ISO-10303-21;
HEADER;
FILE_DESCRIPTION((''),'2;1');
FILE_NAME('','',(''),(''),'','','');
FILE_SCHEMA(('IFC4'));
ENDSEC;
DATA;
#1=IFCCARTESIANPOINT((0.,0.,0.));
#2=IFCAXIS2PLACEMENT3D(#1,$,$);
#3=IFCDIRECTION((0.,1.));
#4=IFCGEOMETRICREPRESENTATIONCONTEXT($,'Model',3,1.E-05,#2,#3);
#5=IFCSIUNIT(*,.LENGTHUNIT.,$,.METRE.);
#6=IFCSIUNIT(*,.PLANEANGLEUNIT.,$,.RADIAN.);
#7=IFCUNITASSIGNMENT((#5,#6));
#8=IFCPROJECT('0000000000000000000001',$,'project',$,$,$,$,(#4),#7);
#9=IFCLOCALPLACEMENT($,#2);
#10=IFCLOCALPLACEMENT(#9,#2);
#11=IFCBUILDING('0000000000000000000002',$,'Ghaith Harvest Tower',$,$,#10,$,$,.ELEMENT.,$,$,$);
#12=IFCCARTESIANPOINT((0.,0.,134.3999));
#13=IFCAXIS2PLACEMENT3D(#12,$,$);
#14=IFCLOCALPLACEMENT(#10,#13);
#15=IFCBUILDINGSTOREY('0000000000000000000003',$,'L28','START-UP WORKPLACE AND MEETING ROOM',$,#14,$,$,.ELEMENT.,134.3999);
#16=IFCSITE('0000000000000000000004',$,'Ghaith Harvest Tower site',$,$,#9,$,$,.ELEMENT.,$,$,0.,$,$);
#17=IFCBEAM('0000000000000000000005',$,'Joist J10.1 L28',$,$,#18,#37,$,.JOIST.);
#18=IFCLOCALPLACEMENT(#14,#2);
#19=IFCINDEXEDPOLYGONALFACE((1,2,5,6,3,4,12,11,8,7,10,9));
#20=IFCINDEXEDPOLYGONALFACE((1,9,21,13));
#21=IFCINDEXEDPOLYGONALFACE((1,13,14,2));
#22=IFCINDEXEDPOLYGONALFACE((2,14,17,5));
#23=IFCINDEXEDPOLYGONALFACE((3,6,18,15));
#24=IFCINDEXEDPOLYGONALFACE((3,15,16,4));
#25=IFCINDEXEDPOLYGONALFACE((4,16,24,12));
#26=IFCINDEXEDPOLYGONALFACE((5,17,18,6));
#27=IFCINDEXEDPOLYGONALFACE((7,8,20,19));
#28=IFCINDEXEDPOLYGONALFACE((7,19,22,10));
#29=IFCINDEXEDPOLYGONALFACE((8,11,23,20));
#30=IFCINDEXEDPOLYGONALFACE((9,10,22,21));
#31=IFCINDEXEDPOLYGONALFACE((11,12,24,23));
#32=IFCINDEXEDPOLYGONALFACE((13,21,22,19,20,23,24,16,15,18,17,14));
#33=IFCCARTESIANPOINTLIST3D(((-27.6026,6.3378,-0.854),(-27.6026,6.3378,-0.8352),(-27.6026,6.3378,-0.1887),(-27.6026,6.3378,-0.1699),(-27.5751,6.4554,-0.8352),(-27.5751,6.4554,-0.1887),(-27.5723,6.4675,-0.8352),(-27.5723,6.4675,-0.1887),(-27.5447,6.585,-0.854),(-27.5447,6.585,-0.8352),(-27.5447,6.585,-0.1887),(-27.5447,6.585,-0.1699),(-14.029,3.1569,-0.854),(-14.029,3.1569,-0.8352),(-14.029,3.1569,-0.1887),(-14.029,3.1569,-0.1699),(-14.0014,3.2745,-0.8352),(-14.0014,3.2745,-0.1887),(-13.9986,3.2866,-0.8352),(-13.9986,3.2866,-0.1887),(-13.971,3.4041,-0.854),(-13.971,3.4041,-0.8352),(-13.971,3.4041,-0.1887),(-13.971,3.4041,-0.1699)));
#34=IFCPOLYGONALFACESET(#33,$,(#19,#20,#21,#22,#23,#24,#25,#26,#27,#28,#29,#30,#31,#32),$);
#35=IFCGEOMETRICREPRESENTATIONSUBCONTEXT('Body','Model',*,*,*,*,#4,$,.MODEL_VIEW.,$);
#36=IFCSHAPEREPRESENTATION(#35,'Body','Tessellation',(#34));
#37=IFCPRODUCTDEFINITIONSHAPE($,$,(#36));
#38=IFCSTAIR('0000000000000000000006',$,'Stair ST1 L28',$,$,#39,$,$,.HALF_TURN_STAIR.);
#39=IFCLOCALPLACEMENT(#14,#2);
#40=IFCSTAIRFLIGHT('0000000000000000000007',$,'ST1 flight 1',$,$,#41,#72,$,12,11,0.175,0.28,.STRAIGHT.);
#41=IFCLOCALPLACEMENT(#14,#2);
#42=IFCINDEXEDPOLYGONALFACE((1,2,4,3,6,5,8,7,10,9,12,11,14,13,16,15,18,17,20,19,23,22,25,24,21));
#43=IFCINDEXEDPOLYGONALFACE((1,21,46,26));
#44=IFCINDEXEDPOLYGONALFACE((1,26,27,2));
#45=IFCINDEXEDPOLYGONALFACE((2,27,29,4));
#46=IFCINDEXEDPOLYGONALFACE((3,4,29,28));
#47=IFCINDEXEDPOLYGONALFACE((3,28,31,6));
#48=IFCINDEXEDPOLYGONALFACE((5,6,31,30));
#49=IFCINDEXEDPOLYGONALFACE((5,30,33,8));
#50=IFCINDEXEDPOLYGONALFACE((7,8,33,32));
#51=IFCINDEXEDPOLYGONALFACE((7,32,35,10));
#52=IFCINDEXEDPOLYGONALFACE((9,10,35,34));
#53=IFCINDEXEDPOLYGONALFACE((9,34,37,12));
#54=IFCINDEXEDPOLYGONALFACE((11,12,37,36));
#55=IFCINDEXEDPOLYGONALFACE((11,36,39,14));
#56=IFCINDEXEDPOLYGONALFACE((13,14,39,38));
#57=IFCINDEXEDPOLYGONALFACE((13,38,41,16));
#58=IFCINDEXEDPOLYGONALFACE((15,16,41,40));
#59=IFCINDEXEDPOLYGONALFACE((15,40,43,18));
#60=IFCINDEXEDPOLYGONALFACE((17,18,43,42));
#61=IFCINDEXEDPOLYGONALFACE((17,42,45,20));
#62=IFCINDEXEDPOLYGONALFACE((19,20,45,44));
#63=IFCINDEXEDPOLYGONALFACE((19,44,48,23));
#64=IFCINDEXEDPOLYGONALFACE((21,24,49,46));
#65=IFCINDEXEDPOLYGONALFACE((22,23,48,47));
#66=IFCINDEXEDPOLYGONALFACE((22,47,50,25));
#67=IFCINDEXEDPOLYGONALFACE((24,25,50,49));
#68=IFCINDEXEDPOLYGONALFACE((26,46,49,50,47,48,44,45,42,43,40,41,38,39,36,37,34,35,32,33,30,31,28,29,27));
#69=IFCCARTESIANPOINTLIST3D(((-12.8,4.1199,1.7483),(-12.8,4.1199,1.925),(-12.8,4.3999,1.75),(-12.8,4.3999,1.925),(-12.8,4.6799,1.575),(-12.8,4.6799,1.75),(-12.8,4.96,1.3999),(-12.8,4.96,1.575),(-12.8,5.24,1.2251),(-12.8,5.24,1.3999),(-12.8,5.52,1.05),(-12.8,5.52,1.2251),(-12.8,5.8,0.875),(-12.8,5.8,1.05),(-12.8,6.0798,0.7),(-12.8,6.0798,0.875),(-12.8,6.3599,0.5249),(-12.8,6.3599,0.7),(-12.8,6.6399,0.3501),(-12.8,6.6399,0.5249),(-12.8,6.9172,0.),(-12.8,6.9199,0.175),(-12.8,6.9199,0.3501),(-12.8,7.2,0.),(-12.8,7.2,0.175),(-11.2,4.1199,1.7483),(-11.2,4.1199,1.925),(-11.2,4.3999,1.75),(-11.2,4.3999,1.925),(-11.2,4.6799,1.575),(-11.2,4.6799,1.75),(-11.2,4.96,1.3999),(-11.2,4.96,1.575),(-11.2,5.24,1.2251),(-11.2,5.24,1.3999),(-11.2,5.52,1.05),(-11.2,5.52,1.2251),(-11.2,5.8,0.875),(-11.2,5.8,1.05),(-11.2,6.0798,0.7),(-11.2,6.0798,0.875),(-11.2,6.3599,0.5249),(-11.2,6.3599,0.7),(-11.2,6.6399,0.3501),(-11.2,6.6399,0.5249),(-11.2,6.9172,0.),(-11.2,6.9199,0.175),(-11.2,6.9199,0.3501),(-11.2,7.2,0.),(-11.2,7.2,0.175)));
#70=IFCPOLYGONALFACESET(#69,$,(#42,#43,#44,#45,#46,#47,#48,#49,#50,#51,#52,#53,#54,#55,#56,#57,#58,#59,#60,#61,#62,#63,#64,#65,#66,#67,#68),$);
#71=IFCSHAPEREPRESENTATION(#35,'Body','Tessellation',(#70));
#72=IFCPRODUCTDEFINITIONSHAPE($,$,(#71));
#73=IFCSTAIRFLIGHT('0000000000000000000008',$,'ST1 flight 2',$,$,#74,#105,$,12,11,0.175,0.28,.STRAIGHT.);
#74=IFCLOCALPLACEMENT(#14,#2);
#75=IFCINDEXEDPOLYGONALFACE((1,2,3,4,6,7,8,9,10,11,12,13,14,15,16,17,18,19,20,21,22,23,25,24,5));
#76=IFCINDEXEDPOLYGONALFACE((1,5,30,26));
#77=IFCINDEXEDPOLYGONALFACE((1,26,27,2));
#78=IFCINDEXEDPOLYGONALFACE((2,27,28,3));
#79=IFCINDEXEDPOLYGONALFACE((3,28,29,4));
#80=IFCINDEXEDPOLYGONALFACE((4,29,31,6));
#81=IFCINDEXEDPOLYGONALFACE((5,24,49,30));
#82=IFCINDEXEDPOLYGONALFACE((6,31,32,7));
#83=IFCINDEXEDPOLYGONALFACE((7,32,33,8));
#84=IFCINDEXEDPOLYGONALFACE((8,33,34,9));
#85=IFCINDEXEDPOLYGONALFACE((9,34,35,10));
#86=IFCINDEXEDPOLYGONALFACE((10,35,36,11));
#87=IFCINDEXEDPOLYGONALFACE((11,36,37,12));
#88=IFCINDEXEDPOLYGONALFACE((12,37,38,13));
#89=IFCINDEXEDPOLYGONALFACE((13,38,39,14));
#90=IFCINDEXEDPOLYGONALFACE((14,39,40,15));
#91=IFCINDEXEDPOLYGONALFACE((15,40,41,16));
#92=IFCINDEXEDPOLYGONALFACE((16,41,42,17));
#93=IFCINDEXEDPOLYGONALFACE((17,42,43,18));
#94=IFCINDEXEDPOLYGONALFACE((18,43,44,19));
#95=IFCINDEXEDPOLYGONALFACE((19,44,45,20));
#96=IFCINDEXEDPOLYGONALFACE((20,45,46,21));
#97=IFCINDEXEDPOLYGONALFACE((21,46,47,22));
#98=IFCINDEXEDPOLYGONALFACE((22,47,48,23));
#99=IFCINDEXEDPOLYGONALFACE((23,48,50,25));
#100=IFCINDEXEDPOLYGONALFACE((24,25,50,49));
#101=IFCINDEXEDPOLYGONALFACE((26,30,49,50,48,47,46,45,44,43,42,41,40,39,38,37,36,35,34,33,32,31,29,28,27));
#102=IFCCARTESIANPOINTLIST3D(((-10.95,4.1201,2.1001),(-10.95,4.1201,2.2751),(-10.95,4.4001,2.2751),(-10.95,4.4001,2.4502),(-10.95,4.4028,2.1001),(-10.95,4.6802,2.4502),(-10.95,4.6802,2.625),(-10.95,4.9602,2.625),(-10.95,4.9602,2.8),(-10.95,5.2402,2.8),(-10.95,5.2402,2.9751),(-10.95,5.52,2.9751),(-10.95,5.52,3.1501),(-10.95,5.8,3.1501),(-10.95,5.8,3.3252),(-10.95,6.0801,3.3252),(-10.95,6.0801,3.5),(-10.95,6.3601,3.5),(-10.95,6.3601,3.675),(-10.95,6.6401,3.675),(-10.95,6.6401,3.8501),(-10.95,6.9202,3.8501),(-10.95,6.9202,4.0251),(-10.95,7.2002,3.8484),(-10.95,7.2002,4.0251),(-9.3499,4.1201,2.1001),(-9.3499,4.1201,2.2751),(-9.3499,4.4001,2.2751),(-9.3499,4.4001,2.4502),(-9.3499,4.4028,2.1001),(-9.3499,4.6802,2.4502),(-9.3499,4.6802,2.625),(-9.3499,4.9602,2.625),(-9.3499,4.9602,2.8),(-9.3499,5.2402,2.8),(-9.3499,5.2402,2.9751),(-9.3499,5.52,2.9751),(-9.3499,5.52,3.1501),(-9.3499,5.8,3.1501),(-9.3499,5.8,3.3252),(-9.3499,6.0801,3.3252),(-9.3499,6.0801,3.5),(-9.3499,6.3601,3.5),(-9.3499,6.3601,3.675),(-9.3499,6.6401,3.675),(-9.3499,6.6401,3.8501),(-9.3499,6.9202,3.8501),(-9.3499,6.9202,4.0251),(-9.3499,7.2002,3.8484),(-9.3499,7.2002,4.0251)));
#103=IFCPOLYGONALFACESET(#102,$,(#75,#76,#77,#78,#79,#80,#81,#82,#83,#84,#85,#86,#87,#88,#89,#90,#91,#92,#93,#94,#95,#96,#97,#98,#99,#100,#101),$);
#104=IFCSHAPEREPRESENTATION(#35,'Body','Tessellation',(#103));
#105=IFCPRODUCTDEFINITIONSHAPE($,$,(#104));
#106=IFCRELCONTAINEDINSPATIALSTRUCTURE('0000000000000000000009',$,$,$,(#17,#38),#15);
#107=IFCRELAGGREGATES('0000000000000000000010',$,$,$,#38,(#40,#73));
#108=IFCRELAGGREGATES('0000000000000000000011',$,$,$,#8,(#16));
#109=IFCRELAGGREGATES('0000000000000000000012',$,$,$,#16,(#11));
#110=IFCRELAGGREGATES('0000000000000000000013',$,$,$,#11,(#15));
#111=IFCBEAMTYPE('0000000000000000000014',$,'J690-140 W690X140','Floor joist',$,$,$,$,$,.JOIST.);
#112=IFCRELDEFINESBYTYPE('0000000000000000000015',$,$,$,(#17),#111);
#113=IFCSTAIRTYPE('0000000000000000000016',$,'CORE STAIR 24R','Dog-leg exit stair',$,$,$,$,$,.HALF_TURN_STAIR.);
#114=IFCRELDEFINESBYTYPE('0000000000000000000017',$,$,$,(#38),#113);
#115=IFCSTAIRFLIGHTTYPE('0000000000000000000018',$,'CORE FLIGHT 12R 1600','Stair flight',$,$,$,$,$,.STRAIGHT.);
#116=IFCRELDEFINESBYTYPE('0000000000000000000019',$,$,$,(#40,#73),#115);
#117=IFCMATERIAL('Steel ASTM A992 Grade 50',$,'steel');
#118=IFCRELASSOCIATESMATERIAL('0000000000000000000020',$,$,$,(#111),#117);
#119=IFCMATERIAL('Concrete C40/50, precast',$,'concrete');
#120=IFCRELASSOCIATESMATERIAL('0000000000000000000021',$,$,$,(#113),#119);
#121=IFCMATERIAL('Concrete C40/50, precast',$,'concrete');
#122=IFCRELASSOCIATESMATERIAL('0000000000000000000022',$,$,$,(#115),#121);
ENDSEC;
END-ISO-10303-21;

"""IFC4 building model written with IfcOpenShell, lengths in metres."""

from ifc_helpers import new_model, si_unit, direction, frame, origin, origin_2d, place, context, subcontext, project, spatial, polyline, i_section, outline, extrude, material, material_profile, profile_set, type_object, element, aggregate, save


model = new_model("IFC4")

# Units and contexts
model_context = context("Model", 3, precision=1e-05, world=origin(), true_north=direction((0.0, 1.0)))
body_context = subcontext(model_context, "Body", "Model", "MODEL_VIEW")
ifc_project = project(units=[si_unit("LENGTHUNIT", "METRE"), si_unit("PLANEANGLEUNIT", "RADIAN")], contexts=[model_context])

# Site, building, storey
site_placement = place(None, origin())
site = spatial("IfcSite", under=ifc_project, at=site_placement, Name="Ghaith Harvest Tower site", CompositionType="ELEMENT", RefElevation=0.0)
building_placement = place(site_placement, origin())
building = spatial("IfcBuilding", under=site, at=building_placement, Name="Ghaith Harvest Tower", CompositionType="ELEMENT")
storey_placement = place(building_placement, frame((0.0, 0.0, 134.3999)))
storey = spatial("IfcBuildingStorey", under=building, at=storey_placement, Name="L28", Description="START-UP WORKPLACE AND MEETING ROOM", CompositionType="ELEMENT", Elevation=134.3999)

# Beam
ifc_material_1 = material(Name="Steel ASTM A992 Grade 50", Category="steel")
ifc_material_profile_1 = material_profile(ifc_material_1, i_section(OverallWidth=0.2539, OverallDepth=0.6841, WebThickness=0.0125, FlangeThickness=0.0188, at=origin_2d()), Name="W690X140")
ifc_profile_set_1 = profile_set([ifc_material_profile_1], Name="Steel ASTM A992 Grade 50")
beam_type_1 = type_object("IfcBeamType", Name="J690-140 W690X140", Description="Floor joist", PredefinedType="JOIST", material=ifc_profile_set_1)
beam_1_placement = place(storey_placement, frame((-14.0, 3.2805, -0.512), z_axis=(-0.973623, 0.228162, 0.0), x_axis=(-0.228162, -0.973623, 0.0)))
element("IfcBeam", 1, at=beam_1_placement, inside=storey, type_object=beam_type_1, Name="Joist J10.1 L28", PredefinedType="JOIST", context=body_context, shape_type="SweptSolid", body=[
    extrude(i_section(OverallWidth=0.2539, OverallDepth=0.6841, WebThickness=0.0125, FlangeThickness=0.0188, at=origin_2d()), origin(), (0.0, 0.0, 1.0), 13.9414),
])

# Stair, stair flights
ifc_material_2 = material(Name="Concrete C40/50, precast", Category="concrete")
stair_type = type_object("IfcStairType", Name="CORE STAIR 24R", Description="Dog-leg exit stair", PredefinedType="HALF_TURN_STAIR", material=ifc_material_2)
stair_placement = place(storey_placement, origin())
stair = element("IfcStair", 2, at=stair_placement, inside=storey, type_object=stair_type, Name="Stair ST1 L28", PredefinedType="HALF_TURN_STAIR")
ifc_material_3 = material(Name="Concrete C40/50, precast", Category="concrete")
stair_flight_type = type_object("IfcStairFlightType", Name="CORE FLIGHT 12R 1600", Description="Stair flight", PredefinedType="STRAIGHT", material=ifc_material_3)
stair_flight_1_placement = place(storey_placement, frame((-12.0, 7.2, 0.0), z_axis=(0.0, 0.0, 1.0), x_axis=(0.0, -1.0, 0.0)))
stair_flight_1 = element("IfcStairFlight", 3, at=stair_flight_1_placement, type_object=stair_flight_type, Name="ST1 flight 1", NumberOfRisers=12, NumberOfTreads=11, PredefinedType="STRAIGHT", RiserHeight=0.175, TreadLength=0.28, context=body_context, shape_type="SweptSolid", body=[
    extrude(outline(polyline([(0.0, 0.0), (0.0, 0.175), (0.28, 0.175), (0.28, 0.3501), (0.5601, 0.3501), (0.5601, 0.5249), (0.8401, 0.5249), (0.8401, 0.7), (1.1201, 0.7), (1.1201, 0.875), (1.3999, 0.875), (1.3999, 1.05), (1.6799, 1.05), (1.6799, 1.2251), (1.96, 1.2251), (1.96, 1.3999), (2.24, 1.3999), (2.24, 1.575), (2.52, 1.575), (2.52, 1.75), (2.8, 1.75), (2.8, 1.925), (3.0801, 1.925), (3.0801, 2.1001), (3.0801, 1.7483), (0.2827, 0.0), (0.0, 0.0)])), frame((0.0, 0.8, 0.0), z_axis=(0.0, -1.0, 0.0), x_axis=(1.0, 0.0, 0.0)), (0.0, 0.0, 1.0), 1.6001),
])
stair_flight_2_placement = place(storey_placement, frame((-10.1499, 4.1201, 2.1001), z_axis=(0.0, 0.0, 1.0), x_axis=(0.0, 1.0, 0.0)))
stair_flight_2 = element("IfcStairFlight", 4, at=stair_flight_2_placement, type_object=stair_flight_type, Name="ST1 flight 2", NumberOfRisers=12, NumberOfTreads=11, PredefinedType="STRAIGHT", RiserHeight=0.175, TreadLength=0.28, context=body_context, shape_type="SweptSolid", body=[
    extrude(outline(polyline([(0.0, 0.0), (0.0, 0.175), (0.28, 0.175), (0.28, 0.3501), (0.5601, 0.3501), (0.5601, 0.5249), (0.8401, 0.5249), (0.8401, 0.7), (1.1201, 0.7), (1.1201, 0.875), (1.3999, 0.875), (1.3999, 1.05), (1.6799, 1.05), (1.6799, 1.2251), (1.96, 1.2251), (1.96, 1.3999), (2.24, 1.3999), (2.24, 1.575), (2.52, 1.575), (2.52, 1.75), (2.8, 1.75), (2.8, 1.925), (3.0801, 1.925), (3.0801, 2.1001), (3.0801, 1.7483), (0.2827, 0.0), (0.0, 0.0)])), frame((0.0, 0.8, 0.0), z_axis=(0.0, -1.0, 0.0), x_axis=(1.0, 0.0, 0.0)), (0.0, 0.0, 1.0), 1.6001),
])
aggregate(stair, [stair_flight_1, stair_flight_2])

save(model, "model.ifc")
